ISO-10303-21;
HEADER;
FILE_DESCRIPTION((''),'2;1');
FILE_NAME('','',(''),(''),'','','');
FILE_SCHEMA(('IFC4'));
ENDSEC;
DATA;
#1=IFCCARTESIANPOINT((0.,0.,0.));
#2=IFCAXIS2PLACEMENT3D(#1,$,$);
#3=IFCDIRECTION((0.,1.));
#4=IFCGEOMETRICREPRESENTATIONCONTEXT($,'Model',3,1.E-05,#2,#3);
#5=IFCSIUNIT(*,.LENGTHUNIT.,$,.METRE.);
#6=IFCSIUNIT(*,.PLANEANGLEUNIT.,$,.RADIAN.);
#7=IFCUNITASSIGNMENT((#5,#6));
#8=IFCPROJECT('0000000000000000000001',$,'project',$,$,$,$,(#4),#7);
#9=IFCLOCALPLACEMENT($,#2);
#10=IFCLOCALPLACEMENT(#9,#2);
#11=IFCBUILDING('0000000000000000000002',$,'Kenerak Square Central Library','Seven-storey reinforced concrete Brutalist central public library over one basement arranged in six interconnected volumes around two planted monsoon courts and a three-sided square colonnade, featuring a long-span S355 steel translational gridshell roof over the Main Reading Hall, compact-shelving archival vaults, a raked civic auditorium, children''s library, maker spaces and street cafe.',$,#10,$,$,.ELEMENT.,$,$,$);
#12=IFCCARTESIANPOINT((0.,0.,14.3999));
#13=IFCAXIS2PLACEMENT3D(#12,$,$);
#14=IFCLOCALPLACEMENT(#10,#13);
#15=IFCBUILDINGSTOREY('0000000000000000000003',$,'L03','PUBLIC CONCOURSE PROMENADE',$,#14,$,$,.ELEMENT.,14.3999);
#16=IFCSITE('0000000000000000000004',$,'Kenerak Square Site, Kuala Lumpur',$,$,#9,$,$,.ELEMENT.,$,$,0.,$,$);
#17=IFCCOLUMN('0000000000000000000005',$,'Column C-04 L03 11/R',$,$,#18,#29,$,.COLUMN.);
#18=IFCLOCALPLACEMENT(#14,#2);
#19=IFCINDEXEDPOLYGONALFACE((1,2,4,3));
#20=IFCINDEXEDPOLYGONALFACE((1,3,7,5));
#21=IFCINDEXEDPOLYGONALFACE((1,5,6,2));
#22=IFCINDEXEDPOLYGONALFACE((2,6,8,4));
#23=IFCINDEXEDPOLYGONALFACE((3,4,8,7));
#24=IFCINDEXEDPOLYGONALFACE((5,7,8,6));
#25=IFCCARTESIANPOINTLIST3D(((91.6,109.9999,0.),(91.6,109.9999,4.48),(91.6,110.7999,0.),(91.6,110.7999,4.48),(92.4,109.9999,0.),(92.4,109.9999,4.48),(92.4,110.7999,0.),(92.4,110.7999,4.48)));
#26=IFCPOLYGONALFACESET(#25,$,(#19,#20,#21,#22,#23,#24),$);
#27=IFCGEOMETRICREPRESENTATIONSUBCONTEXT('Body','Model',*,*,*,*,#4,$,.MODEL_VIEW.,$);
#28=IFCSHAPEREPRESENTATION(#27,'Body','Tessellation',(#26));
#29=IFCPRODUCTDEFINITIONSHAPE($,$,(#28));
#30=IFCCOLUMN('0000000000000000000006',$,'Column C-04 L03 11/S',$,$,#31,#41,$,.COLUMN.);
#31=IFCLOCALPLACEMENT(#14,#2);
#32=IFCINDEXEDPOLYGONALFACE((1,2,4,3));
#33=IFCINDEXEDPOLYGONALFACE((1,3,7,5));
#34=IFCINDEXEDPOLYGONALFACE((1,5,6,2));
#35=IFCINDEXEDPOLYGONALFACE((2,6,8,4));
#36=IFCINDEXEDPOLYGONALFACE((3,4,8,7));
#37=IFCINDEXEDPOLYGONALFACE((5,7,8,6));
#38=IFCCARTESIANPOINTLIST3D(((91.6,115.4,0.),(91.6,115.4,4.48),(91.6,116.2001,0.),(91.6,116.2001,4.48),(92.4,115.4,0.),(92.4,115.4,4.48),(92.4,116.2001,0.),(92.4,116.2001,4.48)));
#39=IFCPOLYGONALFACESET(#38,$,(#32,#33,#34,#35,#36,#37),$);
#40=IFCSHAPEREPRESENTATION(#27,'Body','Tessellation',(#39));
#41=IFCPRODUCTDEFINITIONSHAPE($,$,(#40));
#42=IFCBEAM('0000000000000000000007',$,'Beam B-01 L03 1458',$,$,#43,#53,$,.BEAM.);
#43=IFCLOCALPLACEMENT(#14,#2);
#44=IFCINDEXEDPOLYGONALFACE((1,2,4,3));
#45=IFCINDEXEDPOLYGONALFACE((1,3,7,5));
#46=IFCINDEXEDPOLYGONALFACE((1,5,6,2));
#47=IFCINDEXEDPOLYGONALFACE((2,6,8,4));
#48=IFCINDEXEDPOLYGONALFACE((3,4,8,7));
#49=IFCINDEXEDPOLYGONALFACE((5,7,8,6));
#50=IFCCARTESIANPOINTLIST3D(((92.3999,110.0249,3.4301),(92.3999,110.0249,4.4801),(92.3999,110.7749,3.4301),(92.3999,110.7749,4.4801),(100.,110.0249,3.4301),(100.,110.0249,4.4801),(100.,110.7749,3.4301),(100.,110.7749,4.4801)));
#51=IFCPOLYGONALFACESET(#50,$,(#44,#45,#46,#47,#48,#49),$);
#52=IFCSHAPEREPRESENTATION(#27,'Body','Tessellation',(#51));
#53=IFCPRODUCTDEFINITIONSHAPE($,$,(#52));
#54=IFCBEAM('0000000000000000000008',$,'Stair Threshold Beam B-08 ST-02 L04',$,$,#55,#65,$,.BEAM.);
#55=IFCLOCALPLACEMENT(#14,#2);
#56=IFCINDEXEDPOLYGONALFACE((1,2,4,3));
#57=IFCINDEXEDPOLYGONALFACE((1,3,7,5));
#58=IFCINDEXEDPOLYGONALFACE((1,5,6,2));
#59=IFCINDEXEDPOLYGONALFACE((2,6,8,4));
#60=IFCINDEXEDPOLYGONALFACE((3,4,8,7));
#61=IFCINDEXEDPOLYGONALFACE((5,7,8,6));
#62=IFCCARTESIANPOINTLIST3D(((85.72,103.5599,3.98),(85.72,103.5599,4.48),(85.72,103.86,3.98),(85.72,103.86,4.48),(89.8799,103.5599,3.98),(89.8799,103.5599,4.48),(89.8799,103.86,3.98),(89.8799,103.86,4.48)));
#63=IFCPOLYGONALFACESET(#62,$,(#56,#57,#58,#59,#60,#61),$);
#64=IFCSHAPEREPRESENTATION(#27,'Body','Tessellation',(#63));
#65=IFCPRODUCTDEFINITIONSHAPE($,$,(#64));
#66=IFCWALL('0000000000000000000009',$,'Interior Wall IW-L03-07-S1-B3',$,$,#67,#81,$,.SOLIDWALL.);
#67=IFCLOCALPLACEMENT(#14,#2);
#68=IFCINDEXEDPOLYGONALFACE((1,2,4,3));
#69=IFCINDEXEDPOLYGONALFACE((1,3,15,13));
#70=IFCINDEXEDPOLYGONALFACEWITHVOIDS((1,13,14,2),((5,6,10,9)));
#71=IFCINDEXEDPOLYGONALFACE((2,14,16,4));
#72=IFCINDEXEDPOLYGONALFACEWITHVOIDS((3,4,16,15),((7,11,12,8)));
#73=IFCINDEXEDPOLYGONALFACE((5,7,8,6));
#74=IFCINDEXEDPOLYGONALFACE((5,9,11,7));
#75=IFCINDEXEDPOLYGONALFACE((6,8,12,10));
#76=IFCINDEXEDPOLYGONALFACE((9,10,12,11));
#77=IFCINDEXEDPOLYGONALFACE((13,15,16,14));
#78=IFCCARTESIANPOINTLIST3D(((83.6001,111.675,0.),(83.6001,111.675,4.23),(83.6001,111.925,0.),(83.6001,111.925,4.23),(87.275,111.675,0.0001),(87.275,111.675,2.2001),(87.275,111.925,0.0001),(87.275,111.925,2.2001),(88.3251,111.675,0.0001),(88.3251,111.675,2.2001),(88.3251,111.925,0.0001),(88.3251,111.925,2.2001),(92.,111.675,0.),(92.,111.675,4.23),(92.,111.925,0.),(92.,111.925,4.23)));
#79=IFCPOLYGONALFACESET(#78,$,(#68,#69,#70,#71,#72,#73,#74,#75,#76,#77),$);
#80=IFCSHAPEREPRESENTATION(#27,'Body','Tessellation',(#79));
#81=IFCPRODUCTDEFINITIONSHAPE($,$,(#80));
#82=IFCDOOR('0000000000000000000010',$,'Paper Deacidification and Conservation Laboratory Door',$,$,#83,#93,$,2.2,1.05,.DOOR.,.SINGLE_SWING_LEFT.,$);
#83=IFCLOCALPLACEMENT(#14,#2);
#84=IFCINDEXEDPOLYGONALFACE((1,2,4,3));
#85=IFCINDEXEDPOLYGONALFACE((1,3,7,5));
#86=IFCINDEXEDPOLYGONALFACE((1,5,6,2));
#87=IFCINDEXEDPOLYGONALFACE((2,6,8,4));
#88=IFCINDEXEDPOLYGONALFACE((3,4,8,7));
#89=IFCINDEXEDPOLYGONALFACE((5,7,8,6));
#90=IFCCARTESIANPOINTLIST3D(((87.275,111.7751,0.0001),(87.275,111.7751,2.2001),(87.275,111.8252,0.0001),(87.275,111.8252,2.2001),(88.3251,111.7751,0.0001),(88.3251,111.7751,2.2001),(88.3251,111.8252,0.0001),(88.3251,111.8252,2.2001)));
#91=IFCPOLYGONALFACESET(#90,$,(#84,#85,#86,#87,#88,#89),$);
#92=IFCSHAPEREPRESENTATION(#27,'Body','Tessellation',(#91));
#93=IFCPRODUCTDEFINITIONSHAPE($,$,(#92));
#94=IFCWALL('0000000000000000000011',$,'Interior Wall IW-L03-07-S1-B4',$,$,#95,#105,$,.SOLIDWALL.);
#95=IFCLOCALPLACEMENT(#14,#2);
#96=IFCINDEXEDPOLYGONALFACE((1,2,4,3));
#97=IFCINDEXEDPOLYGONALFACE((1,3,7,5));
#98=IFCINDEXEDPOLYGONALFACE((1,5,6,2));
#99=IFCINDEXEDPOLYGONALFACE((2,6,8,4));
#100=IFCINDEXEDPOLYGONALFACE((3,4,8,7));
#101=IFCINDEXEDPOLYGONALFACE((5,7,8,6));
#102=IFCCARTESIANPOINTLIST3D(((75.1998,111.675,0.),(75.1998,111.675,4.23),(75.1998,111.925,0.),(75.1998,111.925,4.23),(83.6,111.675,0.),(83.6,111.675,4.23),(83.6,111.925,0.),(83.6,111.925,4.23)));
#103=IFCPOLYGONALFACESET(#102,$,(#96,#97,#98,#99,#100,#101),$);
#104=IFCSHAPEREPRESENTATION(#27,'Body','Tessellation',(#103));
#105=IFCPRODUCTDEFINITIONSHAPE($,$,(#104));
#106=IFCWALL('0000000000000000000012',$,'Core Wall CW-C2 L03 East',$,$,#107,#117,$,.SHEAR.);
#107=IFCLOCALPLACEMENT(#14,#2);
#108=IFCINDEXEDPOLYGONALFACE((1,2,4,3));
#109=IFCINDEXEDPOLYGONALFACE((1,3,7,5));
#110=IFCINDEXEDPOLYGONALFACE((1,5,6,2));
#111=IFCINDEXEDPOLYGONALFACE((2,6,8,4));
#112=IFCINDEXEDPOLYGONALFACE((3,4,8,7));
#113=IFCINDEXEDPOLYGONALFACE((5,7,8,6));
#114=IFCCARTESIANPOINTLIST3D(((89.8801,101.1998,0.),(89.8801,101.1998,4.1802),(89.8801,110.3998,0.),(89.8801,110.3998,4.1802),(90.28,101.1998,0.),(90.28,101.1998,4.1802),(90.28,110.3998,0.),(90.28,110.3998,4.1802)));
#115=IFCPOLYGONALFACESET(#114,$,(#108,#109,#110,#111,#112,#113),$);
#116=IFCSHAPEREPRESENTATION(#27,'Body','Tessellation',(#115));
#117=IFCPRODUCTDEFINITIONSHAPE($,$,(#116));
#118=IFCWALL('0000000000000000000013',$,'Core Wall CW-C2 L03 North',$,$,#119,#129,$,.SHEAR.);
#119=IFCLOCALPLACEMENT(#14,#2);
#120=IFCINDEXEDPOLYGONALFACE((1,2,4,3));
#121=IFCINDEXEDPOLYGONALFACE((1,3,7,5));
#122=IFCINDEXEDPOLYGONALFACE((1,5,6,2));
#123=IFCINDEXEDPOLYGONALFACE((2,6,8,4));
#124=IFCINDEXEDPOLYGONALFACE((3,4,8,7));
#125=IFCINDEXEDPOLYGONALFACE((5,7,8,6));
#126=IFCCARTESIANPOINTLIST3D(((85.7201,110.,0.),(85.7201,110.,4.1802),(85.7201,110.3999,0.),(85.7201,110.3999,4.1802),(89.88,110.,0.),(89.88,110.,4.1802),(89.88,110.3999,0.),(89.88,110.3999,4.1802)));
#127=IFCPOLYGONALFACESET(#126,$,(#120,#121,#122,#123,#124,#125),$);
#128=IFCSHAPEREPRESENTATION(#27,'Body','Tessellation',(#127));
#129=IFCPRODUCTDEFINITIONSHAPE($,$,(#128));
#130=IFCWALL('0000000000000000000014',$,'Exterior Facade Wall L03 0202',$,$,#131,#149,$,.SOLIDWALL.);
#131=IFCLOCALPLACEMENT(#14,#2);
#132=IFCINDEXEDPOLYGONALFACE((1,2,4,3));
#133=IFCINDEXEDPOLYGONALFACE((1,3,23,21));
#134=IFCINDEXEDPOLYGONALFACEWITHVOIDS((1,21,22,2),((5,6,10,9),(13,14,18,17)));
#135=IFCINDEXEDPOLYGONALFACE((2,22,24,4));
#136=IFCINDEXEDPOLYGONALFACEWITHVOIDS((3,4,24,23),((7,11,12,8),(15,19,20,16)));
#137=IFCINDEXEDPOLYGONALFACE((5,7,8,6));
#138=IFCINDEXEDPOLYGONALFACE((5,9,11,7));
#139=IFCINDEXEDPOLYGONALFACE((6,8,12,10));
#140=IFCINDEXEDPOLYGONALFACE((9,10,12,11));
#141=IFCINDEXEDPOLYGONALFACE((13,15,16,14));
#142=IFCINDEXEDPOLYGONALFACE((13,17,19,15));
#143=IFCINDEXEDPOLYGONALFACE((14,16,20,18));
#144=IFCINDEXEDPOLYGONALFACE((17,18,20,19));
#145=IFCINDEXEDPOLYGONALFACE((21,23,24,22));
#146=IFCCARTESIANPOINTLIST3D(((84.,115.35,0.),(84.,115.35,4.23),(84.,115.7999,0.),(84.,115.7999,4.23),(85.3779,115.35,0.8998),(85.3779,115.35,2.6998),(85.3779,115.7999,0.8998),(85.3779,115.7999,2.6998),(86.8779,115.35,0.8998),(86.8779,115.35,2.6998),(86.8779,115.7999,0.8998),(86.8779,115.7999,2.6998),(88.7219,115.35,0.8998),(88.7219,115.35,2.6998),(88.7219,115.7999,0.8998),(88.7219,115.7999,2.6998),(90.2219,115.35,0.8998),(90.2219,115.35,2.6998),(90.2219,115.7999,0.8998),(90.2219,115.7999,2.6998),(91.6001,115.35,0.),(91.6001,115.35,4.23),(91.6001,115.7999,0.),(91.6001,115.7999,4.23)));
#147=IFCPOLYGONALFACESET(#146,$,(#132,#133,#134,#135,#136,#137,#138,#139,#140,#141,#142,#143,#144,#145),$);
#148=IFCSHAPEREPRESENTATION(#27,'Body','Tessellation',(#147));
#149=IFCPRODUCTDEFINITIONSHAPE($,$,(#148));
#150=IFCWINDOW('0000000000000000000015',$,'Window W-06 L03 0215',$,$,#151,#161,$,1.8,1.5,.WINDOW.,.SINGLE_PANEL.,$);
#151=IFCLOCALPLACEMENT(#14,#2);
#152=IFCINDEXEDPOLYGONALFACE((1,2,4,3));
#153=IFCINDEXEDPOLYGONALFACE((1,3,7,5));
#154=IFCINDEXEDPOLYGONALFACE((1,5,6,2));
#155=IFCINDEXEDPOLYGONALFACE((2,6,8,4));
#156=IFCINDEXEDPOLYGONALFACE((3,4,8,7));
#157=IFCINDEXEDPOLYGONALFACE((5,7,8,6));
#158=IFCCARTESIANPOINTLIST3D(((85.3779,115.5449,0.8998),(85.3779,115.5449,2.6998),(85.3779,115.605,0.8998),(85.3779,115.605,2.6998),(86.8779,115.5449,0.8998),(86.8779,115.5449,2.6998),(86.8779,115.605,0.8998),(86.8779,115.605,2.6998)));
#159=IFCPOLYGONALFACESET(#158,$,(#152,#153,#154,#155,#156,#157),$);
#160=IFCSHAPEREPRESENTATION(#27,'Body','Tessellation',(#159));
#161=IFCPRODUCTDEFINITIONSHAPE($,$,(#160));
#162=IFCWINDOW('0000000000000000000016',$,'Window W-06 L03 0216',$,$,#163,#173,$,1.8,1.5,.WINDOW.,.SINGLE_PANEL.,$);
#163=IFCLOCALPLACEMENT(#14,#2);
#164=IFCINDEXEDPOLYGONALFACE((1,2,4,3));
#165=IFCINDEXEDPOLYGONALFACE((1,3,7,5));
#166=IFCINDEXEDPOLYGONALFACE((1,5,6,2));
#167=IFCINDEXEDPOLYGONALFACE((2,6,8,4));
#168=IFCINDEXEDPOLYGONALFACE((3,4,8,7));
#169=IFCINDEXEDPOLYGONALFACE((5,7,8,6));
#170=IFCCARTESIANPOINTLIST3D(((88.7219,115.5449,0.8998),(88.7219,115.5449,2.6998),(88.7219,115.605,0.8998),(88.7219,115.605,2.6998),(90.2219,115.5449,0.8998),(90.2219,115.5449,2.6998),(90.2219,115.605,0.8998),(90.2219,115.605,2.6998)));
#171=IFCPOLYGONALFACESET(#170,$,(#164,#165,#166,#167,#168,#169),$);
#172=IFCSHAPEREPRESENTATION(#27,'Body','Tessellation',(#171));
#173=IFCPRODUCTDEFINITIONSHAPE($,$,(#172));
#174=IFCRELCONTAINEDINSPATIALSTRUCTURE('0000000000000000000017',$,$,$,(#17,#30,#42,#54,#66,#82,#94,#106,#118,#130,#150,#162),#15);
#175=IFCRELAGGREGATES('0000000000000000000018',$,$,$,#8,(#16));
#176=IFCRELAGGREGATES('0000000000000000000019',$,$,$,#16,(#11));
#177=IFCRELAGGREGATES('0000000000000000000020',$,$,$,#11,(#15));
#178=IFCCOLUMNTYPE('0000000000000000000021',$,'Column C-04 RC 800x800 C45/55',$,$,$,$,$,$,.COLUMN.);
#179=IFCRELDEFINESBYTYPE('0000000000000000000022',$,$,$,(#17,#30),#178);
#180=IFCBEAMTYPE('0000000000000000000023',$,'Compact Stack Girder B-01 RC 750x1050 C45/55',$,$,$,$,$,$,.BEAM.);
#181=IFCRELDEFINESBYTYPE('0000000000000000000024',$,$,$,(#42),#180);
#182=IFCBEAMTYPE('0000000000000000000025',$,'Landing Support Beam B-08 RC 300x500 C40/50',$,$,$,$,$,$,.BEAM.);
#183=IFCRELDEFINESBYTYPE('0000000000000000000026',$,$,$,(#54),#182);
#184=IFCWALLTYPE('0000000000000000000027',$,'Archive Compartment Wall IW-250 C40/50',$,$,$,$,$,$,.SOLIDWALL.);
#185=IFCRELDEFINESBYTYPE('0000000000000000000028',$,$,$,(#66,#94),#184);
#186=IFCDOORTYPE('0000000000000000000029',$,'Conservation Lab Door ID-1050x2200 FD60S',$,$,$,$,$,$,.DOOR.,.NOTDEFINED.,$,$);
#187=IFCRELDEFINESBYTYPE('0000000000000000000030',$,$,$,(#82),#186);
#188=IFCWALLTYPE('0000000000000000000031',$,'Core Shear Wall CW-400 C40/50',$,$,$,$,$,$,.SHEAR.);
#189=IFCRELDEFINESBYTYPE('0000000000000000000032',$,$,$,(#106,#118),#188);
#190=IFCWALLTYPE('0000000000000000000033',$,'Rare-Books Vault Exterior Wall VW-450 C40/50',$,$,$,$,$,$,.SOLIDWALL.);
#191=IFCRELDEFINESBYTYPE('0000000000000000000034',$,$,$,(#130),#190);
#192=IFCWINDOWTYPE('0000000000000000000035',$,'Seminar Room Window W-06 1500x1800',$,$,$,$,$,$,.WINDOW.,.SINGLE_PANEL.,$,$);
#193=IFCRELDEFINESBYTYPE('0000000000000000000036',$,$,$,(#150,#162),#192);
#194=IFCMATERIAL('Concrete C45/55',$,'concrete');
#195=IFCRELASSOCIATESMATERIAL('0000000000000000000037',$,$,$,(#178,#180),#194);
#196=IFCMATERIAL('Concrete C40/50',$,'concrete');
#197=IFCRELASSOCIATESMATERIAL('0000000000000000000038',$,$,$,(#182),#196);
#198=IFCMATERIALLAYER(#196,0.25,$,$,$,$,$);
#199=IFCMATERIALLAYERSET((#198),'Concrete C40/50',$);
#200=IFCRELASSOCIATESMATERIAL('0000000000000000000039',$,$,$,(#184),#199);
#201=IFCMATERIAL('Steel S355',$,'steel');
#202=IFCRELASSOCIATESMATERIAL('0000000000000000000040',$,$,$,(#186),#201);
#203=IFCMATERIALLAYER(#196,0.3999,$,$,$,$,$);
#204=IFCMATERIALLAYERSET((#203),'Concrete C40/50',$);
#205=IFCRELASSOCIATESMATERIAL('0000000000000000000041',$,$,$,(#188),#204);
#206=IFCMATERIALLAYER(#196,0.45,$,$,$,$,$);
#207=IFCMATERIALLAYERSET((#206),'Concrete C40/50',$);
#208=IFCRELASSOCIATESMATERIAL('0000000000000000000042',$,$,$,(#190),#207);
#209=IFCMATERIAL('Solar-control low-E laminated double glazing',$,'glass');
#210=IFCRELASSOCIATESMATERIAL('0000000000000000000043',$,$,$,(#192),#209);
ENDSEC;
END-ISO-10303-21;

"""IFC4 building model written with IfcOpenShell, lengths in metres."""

from ifc_helpers import new_model, si_unit, direction, frame, frame_2d, origin, origin_2d, place, context, subcontext, project, spatial, rectangle, extrude, material, layer, layer_set, material_profile, profile_set, type_object, element, fill, save


model = new_model("IFC4")

# Units and contexts
model_context = context("Model", 3, precision=1e-05, world=origin(), true_north=direction((0.0, 1.0)))
body_context = subcontext(model_context, "Body", "Model", "MODEL_VIEW")
ifc_project = project(units=[si_unit("LENGTHUNIT", "METRE"), si_unit("PLANEANGLEUNIT", "RADIAN")], contexts=[model_context])

# Site, building, storey
site_placement = place(None, origin())
site = spatial("IfcSite", under=ifc_project, at=site_placement, Name="Kenerak Square Site, Kuala Lumpur", CompositionType="ELEMENT", RefElevation=0.0)
building_placement = place(site_placement, origin())
building = spatial("IfcBuilding", under=site, at=building_placement, Name="Kenerak Square Central Library", Description="Seven-storey reinforced concrete Brutalist central public library over one basement arranged in six interconnected volumes around two planted monsoon courts and a three-sided square colonnade, featuring a long-span S355 steel translational gridshell roof over the Main Reading Hall, compact-shelving archival vaults, a raked civic auditorium, children's library, maker spaces and street cafe.", CompositionType="ELEMENT")
storey_placement = place(building_placement, frame((0.0, 0.0, 14.3999)))
storey = spatial("IfcBuildingStorey", under=building, at=storey_placement, Name="L03", Description="PUBLIC CONCOURSE PROMENADE", CompositionType="ELEMENT", Elevation=14.3999)

# Columns
ifc_material_1 = material(Name="Concrete C45/55", Category="concrete")
ifc_material_profile_1 = material_profile(ifc_material_1, rectangle(XDim=0.8, YDim=0.8, at=origin_2d()), Name="RC 800x800")
ifc_profile_set_1 = profile_set([ifc_material_profile_1], Name="Concrete C45/55")
column_type = type_object("IfcColumnType", Name="Column C-04 RC 800x800 C45/55", PredefinedType="COLUMN", material=ifc_profile_set_1)
for number, where, z_axis, x_axis, name in (
    (1, (92.0, 110.3999, 0.0), (0.0, 0.0, 1.0), (1.0, 0.0, 0.0), "Column C-04 L03 11/R"),
    (2, (92.0, 115.8, 0.0), (0.0, 0.0, 1.0), (1.0, 0.0, 0.0), "Column C-04 L03 11/S"),
):
    element("IfcColumn", number, at=place(storey_placement, frame(where, z_axis=z_axis, x_axis=x_axis)), inside=storey, type_object=column_type, Name=name, PredefinedType="COLUMN", context=body_context, shape_type="SweptSolid", body=[
        extrude(rectangle(XDim=0.8, YDim=0.8, at=origin_2d()), origin(), (0.0, 0.0, 1.0), 4.48),
    ])

# Beams
ifc_material_profile_2 = material_profile(ifc_material_1, rectangle(XDim=0.75, YDim=1.05, at=origin_2d()), Name="RC 750x1050")
ifc_profile_set_2 = profile_set([ifc_material_profile_2], Name="Concrete C45/55")
beam_type_1 = type_object("IfcBeamType", Name="Compact Stack Girder B-01 RC 750x1050 C45/55", PredefinedType="BEAM", material=ifc_profile_set_2)
beam_1_placement = place(storey_placement, frame((92.3999, 110.3999, 3.9551), z_axis=(1.0, 0.0, 0.0), x_axis=(0.0, 1.0, 0.0)))
element("IfcBeam", 3, at=beam_1_placement, inside=storey, type_object=beam_type_1, Name="Beam B-01 L03 1458", PredefinedType="BEAM", context=body_context, shape_type="SweptSolid", body=[
    extrude(rectangle(XDim=0.75, YDim=1.05, at=origin_2d()), origin(), (0.0, 0.0, 1.0), 7.6001),
])
ifc_material_2 = material(Name="Concrete C40/50", Category="concrete")
ifc_material_profile_3 = material_profile(ifc_material_2, rectangle(XDim=0.3, YDim=0.5, at=origin_2d()), Name="RC 300x500")
ifc_profile_set_3 = profile_set([ifc_material_profile_3], Name="Concrete C40/50")
beam_type_2 = type_object("IfcBeamType", Name="Landing Support Beam B-08 RC 300x500 C40/50", PredefinedType="BEAM", material=ifc_profile_set_3)
beam_2_placement = place(storey_placement, frame((85.72, 103.71, 4.23), z_axis=(1.0, 0.0, 0.0), x_axis=(0.0, 1.0, 0.0)))
element("IfcBeam", 4, at=beam_2_placement, inside=storey, type_object=beam_type_2, Name="Stair Threshold Beam B-08 ST-02 L04", PredefinedType="BEAM", context=body_context, shape_type="SweptSolid", body=[
    extrude(rectangle(XDim=0.3, YDim=0.5, at=origin_2d()), origin(), (0.0, 0.0, 1.0), 4.1599),
])

# Wall, opening, door
ifc_layer_1 = layer(ifc_material_2, 0.25)
ifc_layer_set_1 = layer_set([ifc_layer_1], Name="Concrete C40/50")
wall_type_1 = type_object("IfcWallType", Name="Archive Compartment Wall IW-250 C40/50", PredefinedType="SOLIDWALL", material=ifc_layer_set_1)
wall_1_placement = place(storey_placement, frame((92.0, 111.8, 0.0), z_axis=(0.0, 0.0, 1.0), x_axis=(-1.0, 0.0, 0.0)))
wall_1 = element("IfcWall", 5, at=wall_1_placement, inside=storey, type_object=wall_type_1, Name="Interior Wall IW-L03-07-S1-B3", PredefinedType="SOLIDWALL", context=body_context, shape_type="SweptSolid", body=[
    extrude(rectangle(XDim=8.3999, YDim=0.25, at=frame_2d((4.2, 0.0))), origin(), (0.0, 0.0, 1.0), 4.23),
])
opening_1_placement = place(wall_1_placement, frame((3.675, 0.0, 0.0)))
opening_1 = element("IfcOpeningElement", 6, at=opening_1_placement, cuts=wall_1, PredefinedType="OPENING", context=body_context, shape_type="SweptSolid", body=[
    extrude(rectangle(XDim=1.05, YDim=2.2, at=frame_2d((0.5249, 1.1001))), frame((0.0, 0.135, 0.0), z_axis=(0.0, -1.0, 0.0), x_axis=(1.0, 0.0, 0.0)), (0.0, 0.0, 1.0), 0.27),
])
ifc_material_3 = material(Name="Steel S355", Category="steel")
door_type = type_object("IfcDoorType", Name="Conservation Lab Door ID-1050x2200 FD60S", OperationType="NOTDEFINED", PredefinedType="DOOR", material=ifc_material_3)
door_placement = place(opening_1_placement, origin())
door = element("IfcDoor", 7, at=door_placement, inside=storey, type_object=door_type, Name="Paper Deacidification and Conservation Laboratory Door", OperationType="SINGLE_SWING_LEFT", OverallHeight=2.2, OverallWidth=1.05, PredefinedType="DOOR", context=body_context, shape_type="SweptSolid", body=[
    extrude(rectangle(XDim=1.05, YDim=2.2, at=frame_2d((0.5249, 1.1001))), frame((0.0, 0.0249, 0.0), z_axis=(0.0, -1.0, 0.0), x_axis=(1.0, 0.0, 0.0)), (0.0, 0.0, 1.0), 0.05),
])
fill(opening_1, door)

# Walls
wall_2_placement = place(storey_placement, frame((83.6001, 111.8, 0.0), z_axis=(0.0, 0.0, 1.0), x_axis=(-1.0, 0.0, 0.0)))
element("IfcWall", 8, at=wall_2_placement, inside=storey, type_object=wall_type_1, Name="Interior Wall IW-L03-07-S1-B4", PredefinedType="SOLIDWALL", context=body_context, shape_type="SweptSolid", body=[
    extrude(rectangle(XDim=8.4001, YDim=0.25, at=frame_2d((4.2002, 0.0))), origin(), (0.0, 0.0, 1.0), 4.23),
])
ifc_layer_2 = layer(ifc_material_2, 0.3999)
ifc_layer_set_2 = layer_set([ifc_layer_2], Name="Concrete C40/50")
wall_type_2 = type_object("IfcWallType", Name="Core Shear Wall CW-400 C40/50", PredefinedType="SHEAR", material=ifc_layer_set_2)
wall_3_placement = place(storey_placement, frame((90.0801, 110.3999, 0.0), z_axis=(0.0, 0.0, 1.0), x_axis=(0.0, -1.0, 0.0)))
element("IfcWall", 9, at=wall_3_placement, inside=storey, type_object=wall_type_2, Name="Core Wall CW-C2 L03 East", PredefinedType="SHEAR", context=body_context, shape_type="SweptSolid", body=[
    extrude(rectangle(XDim=9.2, YDim=0.3999, at=frame_2d((4.6001, 0.0))), origin(), (0.0, 0.0, 1.0), 4.1802),
])
wall_4_placement = place(storey_placement, frame((85.72, 110.2, 0.0), z_axis=(0.0, 0.0, 1.0), x_axis=(1.0, 0.0, 0.0)))
element("IfcWall", 10, at=wall_4_placement, inside=storey, type_object=wall_type_2, Name="Core Wall CW-C2 L03 North", PredefinedType="SHEAR", context=body_context, shape_type="SweptSolid", body=[
    extrude(rectangle(XDim=4.1599, YDim=0.3999, at=frame_2d((2.0801, 0.0))), origin(), (0.0, 0.0, 1.0), 4.1802),
])

# Wall, openings, windows
ifc_layer_3 = layer(ifc_material_2, 0.45)
ifc_layer_set_3 = layer_set([ifc_layer_3], Name="Concrete C40/50")
wall_type_3 = type_object("IfcWallType", Name="Rare-Books Vault Exterior Wall VW-450 C40/50", PredefinedType="SOLIDWALL", material=ifc_layer_set_3)
wall_5_placement = place(storey_placement, frame((84.0, 115.575, 0.0), z_axis=(0.0, 0.0, 1.0), x_axis=(1.0, 0.0, 0.0)))
wall_5 = element("IfcWall", 11, at=wall_5_placement, inside=storey, type_object=wall_type_3, Name="Exterior Facade Wall L03 0202", PredefinedType="SOLIDWALL", context=body_context, shape_type="SweptSolid", body=[
    extrude(rectangle(XDim=7.6001, YDim=0.45, at=frame_2d((3.8, 0.0))), origin(), (0.0, 0.0, 1.0), 4.23),
])
opening_2_placement = place(wall_5_placement, frame((1.3779, 0.0, 0.8999)))
opening_2 = element("IfcOpeningElement", 12, at=opening_2_placement, cuts=wall_5, PredefinedType="OPENING", context=body_context, shape_type="SweptSolid", body=[
    extrude(rectangle(XDim=1.5, YDim=1.8, at=frame_2d((0.75, 0.8999))), frame((0.0, 0.2349, 0.0), z_axis=(0.0, -1.0, 0.0), x_axis=(1.0, 0.0, 0.0)), (0.0, 0.0, 1.0), 0.47),
])
opening_3_placement = place(wall_5_placement, frame((4.7219, 0.0, 0.8999)))
opening_3 = element("IfcOpeningElement", 13, at=opening_3_placement, cuts=wall_5, PredefinedType="OPENING", context=body_context, shape_type="SweptSolid", body=[
    extrude(rectangle(XDim=1.5, YDim=1.8, at=frame_2d((0.75, 0.8999))), frame((0.0, 0.2349, 0.0), z_axis=(0.0, -1.0, 0.0), x_axis=(1.0, 0.0, 0.0)), (0.0, 0.0, 1.0), 0.47),
])
ifc_material_4 = material(Name="Solar-control low-E laminated double glazing", Category="glass")
window_type = type_object("IfcWindowType", Name="Seminar Room Window W-06 1500x1800", PartitioningType="SINGLE_PANEL", PredefinedType="WINDOW", material=ifc_material_4)
window_1_placement = place(opening_2_placement, origin())
window_1 = element("IfcWindow", 14, at=window_1_placement, inside=storey, type_object=window_type, Name="Window W-06 L03 0215", OverallHeight=1.8, OverallWidth=1.5, PartitioningType="SINGLE_PANEL", PredefinedType="WINDOW", context=body_context, shape_type="SweptSolid", body=[
    extrude(rectangle(XDim=1.5, YDim=1.8, at=frame_2d((0.75, 0.8999))), frame((0.0, 0.03, 0.0), z_axis=(0.0, -1.0, 0.0), x_axis=(1.0, 0.0, 0.0)), (0.0, 0.0, 1.0), 0.0601),
])
fill(opening_2, window_1)
window_2_placement = place(opening_3_placement, origin())
window_2 = element("IfcWindow", 15, at=window_2_placement, inside=storey, type_object=window_type, Name="Window W-06 L03 0216", OverallHeight=1.8, OverallWidth=1.5, PartitioningType="SINGLE_PANEL", PredefinedType="WINDOW", context=body_context, shape_type="SweptSolid", body=[
    extrude(rectangle(XDim=1.5, YDim=1.8, at=frame_2d((0.75, 0.8999))), frame((0.0, 0.03, 0.0), z_axis=(0.0, -1.0, 0.0), x_axis=(1.0, 0.0, 0.0)), (0.0, 0.0, 1.0), 0.0601),
])
fill(opening_3, window_2)

save(model, "model.ifc")
